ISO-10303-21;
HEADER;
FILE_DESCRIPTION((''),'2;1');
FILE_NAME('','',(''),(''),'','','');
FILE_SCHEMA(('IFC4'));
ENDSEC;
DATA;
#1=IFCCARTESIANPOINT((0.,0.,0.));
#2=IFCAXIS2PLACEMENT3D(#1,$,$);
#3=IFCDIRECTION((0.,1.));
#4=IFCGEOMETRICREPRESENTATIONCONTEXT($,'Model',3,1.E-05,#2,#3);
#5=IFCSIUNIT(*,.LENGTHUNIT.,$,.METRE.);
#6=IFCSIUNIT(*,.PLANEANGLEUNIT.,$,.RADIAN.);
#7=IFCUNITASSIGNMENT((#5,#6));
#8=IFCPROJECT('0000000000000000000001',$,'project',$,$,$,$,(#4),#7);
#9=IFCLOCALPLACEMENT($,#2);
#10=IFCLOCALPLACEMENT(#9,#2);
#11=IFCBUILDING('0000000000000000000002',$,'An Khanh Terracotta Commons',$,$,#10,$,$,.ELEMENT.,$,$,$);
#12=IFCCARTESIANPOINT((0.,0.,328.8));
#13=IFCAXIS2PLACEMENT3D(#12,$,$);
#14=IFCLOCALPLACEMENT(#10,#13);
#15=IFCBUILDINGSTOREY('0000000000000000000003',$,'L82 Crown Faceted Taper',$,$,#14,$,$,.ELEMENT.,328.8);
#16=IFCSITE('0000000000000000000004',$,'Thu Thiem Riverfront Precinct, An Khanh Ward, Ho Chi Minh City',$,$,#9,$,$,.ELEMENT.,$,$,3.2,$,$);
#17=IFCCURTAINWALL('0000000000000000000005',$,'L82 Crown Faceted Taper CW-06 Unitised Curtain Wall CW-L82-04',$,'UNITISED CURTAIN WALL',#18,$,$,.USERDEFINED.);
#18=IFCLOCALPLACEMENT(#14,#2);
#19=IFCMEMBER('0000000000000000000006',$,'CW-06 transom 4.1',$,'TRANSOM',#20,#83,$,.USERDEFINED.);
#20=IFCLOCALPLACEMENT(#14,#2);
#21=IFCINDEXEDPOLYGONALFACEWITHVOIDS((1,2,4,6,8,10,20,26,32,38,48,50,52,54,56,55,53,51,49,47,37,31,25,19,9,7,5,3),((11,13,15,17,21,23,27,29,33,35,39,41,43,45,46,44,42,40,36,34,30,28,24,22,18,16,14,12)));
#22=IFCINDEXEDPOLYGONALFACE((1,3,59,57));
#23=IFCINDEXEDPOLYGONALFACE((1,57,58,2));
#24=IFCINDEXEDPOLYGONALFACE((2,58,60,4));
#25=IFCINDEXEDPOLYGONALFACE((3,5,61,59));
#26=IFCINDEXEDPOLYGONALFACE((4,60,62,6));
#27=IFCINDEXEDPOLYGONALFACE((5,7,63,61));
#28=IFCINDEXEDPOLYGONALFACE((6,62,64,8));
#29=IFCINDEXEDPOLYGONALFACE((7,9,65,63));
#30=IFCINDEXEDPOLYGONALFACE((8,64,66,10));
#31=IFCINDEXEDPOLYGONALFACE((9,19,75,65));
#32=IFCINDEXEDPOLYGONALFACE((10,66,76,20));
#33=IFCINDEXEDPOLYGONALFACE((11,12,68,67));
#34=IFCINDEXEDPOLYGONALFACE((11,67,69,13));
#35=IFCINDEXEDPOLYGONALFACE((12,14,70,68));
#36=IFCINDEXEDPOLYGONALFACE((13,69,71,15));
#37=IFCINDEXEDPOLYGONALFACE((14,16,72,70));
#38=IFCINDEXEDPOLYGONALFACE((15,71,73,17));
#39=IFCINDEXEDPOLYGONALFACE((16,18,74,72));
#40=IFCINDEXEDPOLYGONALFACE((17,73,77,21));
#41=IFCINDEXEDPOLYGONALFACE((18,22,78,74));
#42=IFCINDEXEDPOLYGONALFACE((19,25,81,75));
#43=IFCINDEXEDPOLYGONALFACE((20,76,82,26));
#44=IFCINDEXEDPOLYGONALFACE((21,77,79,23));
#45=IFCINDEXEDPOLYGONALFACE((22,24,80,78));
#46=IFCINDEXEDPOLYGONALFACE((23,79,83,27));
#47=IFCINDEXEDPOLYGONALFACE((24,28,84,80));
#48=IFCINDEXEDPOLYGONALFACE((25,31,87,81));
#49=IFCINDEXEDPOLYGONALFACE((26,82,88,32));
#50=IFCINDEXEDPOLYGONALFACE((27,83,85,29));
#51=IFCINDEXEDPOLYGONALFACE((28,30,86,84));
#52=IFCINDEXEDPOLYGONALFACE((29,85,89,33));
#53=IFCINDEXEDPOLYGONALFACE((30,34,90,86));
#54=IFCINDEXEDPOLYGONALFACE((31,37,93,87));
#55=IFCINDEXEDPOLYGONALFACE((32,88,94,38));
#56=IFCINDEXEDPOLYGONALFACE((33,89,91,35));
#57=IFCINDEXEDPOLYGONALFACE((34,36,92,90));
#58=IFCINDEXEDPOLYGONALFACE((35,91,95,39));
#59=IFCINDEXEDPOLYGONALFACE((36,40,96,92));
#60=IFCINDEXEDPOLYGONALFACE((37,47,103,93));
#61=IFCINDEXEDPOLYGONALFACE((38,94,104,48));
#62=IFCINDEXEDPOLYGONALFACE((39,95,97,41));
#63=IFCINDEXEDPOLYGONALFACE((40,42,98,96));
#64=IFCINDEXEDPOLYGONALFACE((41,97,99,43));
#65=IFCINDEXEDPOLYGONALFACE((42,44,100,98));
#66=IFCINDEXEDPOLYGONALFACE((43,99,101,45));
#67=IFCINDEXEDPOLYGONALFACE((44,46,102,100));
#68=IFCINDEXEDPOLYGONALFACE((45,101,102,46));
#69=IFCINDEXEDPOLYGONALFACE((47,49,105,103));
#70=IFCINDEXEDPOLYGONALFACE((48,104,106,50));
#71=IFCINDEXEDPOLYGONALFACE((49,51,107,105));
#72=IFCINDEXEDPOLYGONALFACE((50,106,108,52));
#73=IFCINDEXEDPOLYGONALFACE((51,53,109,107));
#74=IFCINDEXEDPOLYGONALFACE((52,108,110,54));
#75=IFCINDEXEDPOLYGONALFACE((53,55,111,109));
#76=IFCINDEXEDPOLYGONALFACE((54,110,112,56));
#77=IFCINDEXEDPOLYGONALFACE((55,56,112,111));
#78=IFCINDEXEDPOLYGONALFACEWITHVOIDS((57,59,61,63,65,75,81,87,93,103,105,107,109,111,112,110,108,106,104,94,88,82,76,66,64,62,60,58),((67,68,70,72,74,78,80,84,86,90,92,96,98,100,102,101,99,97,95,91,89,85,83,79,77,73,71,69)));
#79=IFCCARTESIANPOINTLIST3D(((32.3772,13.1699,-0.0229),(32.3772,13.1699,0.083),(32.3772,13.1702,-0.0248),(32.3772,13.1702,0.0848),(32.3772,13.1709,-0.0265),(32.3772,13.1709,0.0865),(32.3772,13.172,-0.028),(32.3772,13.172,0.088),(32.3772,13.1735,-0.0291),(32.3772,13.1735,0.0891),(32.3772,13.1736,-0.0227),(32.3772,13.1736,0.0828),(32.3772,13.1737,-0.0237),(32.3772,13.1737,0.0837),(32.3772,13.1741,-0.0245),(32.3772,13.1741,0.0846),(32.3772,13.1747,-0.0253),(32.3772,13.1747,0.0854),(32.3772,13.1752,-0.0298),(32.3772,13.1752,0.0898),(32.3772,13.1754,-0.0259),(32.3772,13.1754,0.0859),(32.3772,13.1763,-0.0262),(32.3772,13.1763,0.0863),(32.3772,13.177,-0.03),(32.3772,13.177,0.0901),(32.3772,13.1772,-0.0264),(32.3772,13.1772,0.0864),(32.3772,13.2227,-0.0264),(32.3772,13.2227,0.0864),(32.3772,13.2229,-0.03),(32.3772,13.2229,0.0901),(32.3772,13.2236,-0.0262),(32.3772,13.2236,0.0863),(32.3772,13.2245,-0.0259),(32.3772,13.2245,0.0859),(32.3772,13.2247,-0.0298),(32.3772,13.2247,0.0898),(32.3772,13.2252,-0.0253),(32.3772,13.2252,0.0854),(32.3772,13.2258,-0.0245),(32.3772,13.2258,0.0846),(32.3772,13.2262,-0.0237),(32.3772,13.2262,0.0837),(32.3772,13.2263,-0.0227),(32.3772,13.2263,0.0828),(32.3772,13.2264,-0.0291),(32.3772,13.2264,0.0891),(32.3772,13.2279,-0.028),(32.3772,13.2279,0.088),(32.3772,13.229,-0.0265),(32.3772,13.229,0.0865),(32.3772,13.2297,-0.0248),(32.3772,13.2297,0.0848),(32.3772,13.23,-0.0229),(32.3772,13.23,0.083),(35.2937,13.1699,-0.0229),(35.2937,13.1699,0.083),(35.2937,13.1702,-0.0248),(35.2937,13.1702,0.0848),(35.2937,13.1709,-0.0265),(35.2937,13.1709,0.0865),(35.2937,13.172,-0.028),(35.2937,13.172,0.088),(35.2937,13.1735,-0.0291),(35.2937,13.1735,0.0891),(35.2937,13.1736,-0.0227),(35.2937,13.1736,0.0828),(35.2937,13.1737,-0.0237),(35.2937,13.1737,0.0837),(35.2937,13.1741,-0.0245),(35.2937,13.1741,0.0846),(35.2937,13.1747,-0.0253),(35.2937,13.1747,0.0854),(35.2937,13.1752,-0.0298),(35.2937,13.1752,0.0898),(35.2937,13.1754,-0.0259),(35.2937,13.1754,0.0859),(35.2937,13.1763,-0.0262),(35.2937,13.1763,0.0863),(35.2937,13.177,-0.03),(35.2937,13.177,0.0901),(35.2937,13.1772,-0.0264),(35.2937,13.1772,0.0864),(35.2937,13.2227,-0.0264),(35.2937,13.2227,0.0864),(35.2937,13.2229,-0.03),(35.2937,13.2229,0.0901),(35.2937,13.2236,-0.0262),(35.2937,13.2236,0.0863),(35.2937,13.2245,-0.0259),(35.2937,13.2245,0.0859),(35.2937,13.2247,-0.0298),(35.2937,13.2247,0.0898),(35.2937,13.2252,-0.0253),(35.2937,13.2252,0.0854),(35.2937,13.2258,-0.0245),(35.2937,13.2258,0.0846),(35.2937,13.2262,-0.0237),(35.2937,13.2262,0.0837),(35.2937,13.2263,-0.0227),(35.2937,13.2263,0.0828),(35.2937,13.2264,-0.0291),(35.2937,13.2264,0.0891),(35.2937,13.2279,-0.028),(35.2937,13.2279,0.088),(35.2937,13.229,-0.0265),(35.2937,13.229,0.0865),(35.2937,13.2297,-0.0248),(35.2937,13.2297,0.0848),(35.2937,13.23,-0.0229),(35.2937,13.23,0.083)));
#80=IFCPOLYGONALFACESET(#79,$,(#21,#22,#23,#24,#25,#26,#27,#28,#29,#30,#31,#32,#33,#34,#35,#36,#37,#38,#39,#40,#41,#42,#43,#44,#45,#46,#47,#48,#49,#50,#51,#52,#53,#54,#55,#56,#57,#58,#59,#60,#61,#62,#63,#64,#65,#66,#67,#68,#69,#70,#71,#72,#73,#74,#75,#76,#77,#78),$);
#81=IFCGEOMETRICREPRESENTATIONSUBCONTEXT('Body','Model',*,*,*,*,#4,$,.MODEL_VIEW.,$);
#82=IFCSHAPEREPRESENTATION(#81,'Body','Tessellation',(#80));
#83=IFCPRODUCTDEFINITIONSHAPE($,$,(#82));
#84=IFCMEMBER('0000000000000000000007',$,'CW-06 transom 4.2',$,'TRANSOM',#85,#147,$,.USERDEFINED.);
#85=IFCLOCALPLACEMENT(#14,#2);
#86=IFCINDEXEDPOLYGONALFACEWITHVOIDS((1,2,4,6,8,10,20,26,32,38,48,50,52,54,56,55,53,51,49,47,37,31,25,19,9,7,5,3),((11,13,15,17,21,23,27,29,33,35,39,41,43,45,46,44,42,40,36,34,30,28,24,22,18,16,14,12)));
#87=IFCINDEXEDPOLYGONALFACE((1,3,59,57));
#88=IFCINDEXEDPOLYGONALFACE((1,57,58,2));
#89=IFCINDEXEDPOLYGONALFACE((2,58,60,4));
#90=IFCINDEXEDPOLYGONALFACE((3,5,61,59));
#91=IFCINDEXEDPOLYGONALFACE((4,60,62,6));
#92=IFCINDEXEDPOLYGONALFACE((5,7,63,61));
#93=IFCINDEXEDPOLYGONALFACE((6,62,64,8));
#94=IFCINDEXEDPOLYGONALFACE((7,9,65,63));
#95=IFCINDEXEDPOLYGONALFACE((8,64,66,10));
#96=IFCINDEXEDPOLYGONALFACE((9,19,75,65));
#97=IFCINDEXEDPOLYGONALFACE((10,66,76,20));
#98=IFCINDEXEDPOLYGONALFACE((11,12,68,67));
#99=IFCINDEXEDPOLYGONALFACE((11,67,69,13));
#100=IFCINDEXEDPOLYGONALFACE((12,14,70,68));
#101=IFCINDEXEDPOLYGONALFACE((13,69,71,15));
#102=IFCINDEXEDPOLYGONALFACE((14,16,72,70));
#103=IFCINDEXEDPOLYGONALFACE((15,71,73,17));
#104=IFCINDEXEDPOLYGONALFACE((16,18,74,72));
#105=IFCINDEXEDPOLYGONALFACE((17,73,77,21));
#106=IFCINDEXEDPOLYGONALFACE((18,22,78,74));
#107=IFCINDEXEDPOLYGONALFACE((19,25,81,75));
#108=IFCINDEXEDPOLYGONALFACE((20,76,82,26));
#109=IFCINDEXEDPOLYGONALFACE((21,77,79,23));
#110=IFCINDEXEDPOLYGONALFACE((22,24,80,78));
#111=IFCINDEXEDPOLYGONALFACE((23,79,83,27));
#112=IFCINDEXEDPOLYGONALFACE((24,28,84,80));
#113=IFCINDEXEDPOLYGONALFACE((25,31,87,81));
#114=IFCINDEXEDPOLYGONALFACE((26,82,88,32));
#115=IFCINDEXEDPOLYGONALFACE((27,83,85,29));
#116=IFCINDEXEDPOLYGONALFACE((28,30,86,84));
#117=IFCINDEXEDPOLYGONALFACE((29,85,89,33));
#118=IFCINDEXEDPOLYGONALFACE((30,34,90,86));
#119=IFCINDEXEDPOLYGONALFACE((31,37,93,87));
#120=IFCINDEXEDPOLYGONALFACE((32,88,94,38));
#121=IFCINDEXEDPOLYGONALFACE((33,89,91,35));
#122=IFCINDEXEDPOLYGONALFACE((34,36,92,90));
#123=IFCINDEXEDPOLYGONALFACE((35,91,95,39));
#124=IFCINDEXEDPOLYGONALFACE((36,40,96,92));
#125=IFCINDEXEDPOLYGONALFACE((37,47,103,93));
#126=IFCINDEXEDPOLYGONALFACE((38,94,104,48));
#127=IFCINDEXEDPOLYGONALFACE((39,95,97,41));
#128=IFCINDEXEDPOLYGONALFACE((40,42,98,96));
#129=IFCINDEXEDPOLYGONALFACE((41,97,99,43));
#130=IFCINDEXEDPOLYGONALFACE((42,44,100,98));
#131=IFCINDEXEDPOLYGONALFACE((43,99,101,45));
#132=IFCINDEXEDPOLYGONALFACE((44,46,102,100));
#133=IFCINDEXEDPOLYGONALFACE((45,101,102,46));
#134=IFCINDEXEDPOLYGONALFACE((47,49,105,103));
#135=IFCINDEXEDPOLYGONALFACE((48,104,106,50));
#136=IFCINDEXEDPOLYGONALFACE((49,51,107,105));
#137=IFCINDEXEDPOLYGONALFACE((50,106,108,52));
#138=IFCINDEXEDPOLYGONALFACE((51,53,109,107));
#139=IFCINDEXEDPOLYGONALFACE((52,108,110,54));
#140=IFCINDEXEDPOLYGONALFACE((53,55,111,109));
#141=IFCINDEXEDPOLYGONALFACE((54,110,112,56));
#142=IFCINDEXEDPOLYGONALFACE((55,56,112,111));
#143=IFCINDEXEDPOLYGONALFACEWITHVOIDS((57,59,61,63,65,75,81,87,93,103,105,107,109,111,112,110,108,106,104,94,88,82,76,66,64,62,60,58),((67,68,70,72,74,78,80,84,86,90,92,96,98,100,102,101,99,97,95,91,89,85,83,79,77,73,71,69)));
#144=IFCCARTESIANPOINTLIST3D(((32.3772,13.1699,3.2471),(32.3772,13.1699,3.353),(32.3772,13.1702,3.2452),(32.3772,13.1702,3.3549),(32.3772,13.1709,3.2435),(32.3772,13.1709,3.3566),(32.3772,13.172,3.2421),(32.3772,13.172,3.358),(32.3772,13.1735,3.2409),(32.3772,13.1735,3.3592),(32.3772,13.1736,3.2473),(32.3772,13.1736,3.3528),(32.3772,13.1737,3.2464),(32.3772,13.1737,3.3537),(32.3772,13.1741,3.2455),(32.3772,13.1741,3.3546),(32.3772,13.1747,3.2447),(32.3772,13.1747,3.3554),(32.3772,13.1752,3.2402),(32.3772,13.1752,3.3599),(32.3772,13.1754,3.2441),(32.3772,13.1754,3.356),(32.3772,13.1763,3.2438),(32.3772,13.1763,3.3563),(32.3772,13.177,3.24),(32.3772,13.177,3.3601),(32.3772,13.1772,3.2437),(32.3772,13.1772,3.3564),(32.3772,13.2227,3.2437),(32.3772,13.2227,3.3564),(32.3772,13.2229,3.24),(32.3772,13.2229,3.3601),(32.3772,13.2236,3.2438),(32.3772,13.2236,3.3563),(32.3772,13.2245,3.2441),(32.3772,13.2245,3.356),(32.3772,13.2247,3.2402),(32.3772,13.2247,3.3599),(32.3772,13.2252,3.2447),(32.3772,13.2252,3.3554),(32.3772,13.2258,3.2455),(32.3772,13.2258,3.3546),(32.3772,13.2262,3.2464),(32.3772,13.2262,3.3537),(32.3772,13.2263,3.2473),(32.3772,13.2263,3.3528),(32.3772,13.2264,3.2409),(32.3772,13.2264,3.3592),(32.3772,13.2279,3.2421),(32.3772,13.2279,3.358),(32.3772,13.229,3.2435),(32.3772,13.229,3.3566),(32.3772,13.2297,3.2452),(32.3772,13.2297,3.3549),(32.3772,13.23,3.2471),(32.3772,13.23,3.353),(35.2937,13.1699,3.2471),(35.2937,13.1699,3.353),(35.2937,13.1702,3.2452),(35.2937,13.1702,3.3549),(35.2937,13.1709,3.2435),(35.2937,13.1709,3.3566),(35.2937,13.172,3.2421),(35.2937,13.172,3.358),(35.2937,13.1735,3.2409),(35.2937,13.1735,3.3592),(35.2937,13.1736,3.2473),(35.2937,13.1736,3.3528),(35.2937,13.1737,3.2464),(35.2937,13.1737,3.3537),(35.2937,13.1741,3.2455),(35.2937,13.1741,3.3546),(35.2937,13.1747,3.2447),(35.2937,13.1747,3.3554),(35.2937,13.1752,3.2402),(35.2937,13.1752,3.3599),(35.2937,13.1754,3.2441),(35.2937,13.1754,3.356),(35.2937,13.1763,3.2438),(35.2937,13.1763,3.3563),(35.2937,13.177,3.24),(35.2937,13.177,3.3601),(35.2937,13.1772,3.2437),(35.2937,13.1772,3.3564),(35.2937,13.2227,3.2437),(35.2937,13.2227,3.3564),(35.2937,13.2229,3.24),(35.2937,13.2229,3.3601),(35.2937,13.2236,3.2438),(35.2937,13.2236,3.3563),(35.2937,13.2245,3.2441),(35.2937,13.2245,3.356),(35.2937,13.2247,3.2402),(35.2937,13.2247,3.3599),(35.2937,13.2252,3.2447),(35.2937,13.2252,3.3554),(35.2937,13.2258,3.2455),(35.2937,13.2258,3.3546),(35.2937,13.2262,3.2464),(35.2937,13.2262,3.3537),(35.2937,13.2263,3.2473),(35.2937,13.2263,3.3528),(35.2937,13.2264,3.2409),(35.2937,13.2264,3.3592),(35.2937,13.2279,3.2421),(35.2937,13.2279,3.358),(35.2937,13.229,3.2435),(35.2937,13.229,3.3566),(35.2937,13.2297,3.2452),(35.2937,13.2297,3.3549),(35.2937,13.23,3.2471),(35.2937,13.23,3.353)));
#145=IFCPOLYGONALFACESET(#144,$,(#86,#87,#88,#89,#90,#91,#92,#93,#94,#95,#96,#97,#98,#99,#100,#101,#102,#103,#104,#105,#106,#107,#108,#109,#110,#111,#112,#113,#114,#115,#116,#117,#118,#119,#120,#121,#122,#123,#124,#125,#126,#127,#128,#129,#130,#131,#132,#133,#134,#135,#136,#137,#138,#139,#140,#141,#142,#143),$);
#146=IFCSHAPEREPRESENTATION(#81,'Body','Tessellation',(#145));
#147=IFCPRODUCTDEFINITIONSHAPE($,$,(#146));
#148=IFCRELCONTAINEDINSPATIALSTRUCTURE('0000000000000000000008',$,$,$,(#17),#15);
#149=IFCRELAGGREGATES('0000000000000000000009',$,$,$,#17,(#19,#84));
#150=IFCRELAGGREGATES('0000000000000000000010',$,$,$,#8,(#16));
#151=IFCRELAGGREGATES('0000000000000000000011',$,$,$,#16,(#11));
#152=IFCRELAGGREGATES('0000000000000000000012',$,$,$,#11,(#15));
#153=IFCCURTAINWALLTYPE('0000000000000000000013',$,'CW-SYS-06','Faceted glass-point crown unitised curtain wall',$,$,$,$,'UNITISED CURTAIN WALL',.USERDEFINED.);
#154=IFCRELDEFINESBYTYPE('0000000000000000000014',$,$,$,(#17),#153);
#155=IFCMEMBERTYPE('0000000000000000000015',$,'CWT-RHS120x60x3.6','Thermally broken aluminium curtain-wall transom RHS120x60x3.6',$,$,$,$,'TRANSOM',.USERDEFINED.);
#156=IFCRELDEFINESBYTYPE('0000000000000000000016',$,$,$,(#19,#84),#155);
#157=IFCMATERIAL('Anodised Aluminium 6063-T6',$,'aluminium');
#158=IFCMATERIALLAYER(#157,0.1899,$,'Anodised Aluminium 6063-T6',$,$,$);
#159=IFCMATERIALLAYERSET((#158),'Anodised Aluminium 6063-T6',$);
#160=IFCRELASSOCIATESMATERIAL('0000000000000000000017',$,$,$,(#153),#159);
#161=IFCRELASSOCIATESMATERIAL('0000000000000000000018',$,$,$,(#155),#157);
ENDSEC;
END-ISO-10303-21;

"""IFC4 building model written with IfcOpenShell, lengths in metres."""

from ifc_helpers import new_model, si_unit, direction, frame, origin, origin_2d, place, context, subcontext, project, spatial, hollow_rectangle, extrude, material, layer, layer_set, material_profile, profile_set, type_object, element, aggregate, save


model = new_model("IFC4")

# Units and contexts
model_context = context("Model", 3, precision=1e-05, world=origin(), true_north=direction((0.0, 1.0)))
body_context = subcontext(model_context, "Body", "Model", "MODEL_VIEW")
ifc_project = project(units=[si_unit("LENGTHUNIT", "METRE"), si_unit("PLANEANGLEUNIT", "RADIAN")], contexts=[model_context])

# Site, building, storey
site_placement = place(None, origin())
site = spatial("IfcSite", under=ifc_project, at=site_placement, Name="Thu Thiem Riverfront Precinct, An Khanh Ward, Ho Chi Minh City", CompositionType="ELEMENT", RefElevation=3.2)
building_placement = place(site_placement, origin())
building = spatial("IfcBuilding", under=site, at=building_placement, Name="An Khanh Terracotta Commons", CompositionType="ELEMENT")
storey_placement = place(building_placement, frame((0.0, 0.0, 328.8)))
storey = spatial("IfcBuildingStorey", under=building, at=storey_placement, Name="L82 Crown Faceted Taper", CompositionType="ELEMENT", Elevation=328.8)

# Curtain wall, members
ifc_material_1 = material(Name="Anodised Aluminium 6063-T6", Category="aluminium")
ifc_layer_1 = layer(ifc_material_1, 0.1899, Name="Anodised Aluminium 6063-T6")
ifc_layer_set_1 = layer_set([ifc_layer_1], Name="Anodised Aluminium 6063-T6")
curtain_wall_type = type_object("IfcCurtainWallType", Name="CW-SYS-06", Description="Faceted glass-point crown unitised curtain wall", ElementType="UNITISED CURTAIN WALL", PredefinedType="USERDEFINED", material=ifc_layer_set_1)
curtain_wall_placement = place(storey_placement, origin())
curtain_wall = element("IfcCurtainWall", 1, at=curtain_wall_placement, inside=storey, type_object=curtain_wall_type, Name="L82 Crown Faceted Taper CW-06 Unitised Curtain Wall CW-L82-04", ObjectType="UNITISED CURTAIN WALL", PredefinedType="USERDEFINED")
ifc_material_profile_1 = material_profile(ifc_material_1, hollow_rectangle(XDim=0.0601, YDim=0.1201, WallThickness=0.0037, InnerFilletRadius=0.0037, OuterFilletRadius=0.0071, at=origin_2d()), Name="RHS120x60x3.6")
ifc_profile_set_1 = profile_set([ifc_material_profile_1], Name="Anodised Aluminium 6063-T6")
member_type_1 = type_object("IfcMemberType", Name="CWT-RHS120x60x3.6", Description="Thermally broken aluminium curtain-wall transom RHS120x60x3.6", ElementType="TRANSOM", PredefinedType="USERDEFINED", material=ifc_profile_set_1)
member_1_placement = place(storey_placement, frame((32.3772, 13.2, 0.03), z_axis=(1.0, 0.0, 0.0), x_axis=(0.0, 1.0, 0.0)))
member_1 = element("IfcMember", 2, at=member_1_placement, type_object=member_type_1, Name="CW-06 transom 4.1", ObjectType="TRANSOM", PredefinedType="USERDEFINED", context=body_context, shape_type="SweptSolid", body=[
    extrude(hollow_rectangle(XDim=0.0601, YDim=0.1201, WallThickness=0.0037, InnerFilletRadius=0.0037, OuterFilletRadius=0.0071, at=origin_2d()), origin(), (0.0, 0.0, 1.0), 2.9165),
])
member_2_placement = place(storey_placement, frame((32.3772, 13.2, 3.3), z_axis=(1.0, 0.0, 0.0), x_axis=(0.0, 1.0, 0.0)))
member_2 = element("IfcMember", 3, at=member_2_placement, type_object=member_type_1, Name="CW-06 transom 4.2", ObjectType="TRANSOM", PredefinedType="USERDEFINED", context=body_context, shape_type="SweptSolid", body=[
    extrude(hollow_rectangle(XDim=0.0601, YDim=0.1201, WallThickness=0.0037, InnerFilletRadius=0.0037, OuterFilletRadius=0.0071, at=origin_2d()), origin(), (0.0, 0.0, 1.0), 2.9165),
])
aggregate(curtain_wall, [member_1, member_2])

save(model, "model.ifc")
